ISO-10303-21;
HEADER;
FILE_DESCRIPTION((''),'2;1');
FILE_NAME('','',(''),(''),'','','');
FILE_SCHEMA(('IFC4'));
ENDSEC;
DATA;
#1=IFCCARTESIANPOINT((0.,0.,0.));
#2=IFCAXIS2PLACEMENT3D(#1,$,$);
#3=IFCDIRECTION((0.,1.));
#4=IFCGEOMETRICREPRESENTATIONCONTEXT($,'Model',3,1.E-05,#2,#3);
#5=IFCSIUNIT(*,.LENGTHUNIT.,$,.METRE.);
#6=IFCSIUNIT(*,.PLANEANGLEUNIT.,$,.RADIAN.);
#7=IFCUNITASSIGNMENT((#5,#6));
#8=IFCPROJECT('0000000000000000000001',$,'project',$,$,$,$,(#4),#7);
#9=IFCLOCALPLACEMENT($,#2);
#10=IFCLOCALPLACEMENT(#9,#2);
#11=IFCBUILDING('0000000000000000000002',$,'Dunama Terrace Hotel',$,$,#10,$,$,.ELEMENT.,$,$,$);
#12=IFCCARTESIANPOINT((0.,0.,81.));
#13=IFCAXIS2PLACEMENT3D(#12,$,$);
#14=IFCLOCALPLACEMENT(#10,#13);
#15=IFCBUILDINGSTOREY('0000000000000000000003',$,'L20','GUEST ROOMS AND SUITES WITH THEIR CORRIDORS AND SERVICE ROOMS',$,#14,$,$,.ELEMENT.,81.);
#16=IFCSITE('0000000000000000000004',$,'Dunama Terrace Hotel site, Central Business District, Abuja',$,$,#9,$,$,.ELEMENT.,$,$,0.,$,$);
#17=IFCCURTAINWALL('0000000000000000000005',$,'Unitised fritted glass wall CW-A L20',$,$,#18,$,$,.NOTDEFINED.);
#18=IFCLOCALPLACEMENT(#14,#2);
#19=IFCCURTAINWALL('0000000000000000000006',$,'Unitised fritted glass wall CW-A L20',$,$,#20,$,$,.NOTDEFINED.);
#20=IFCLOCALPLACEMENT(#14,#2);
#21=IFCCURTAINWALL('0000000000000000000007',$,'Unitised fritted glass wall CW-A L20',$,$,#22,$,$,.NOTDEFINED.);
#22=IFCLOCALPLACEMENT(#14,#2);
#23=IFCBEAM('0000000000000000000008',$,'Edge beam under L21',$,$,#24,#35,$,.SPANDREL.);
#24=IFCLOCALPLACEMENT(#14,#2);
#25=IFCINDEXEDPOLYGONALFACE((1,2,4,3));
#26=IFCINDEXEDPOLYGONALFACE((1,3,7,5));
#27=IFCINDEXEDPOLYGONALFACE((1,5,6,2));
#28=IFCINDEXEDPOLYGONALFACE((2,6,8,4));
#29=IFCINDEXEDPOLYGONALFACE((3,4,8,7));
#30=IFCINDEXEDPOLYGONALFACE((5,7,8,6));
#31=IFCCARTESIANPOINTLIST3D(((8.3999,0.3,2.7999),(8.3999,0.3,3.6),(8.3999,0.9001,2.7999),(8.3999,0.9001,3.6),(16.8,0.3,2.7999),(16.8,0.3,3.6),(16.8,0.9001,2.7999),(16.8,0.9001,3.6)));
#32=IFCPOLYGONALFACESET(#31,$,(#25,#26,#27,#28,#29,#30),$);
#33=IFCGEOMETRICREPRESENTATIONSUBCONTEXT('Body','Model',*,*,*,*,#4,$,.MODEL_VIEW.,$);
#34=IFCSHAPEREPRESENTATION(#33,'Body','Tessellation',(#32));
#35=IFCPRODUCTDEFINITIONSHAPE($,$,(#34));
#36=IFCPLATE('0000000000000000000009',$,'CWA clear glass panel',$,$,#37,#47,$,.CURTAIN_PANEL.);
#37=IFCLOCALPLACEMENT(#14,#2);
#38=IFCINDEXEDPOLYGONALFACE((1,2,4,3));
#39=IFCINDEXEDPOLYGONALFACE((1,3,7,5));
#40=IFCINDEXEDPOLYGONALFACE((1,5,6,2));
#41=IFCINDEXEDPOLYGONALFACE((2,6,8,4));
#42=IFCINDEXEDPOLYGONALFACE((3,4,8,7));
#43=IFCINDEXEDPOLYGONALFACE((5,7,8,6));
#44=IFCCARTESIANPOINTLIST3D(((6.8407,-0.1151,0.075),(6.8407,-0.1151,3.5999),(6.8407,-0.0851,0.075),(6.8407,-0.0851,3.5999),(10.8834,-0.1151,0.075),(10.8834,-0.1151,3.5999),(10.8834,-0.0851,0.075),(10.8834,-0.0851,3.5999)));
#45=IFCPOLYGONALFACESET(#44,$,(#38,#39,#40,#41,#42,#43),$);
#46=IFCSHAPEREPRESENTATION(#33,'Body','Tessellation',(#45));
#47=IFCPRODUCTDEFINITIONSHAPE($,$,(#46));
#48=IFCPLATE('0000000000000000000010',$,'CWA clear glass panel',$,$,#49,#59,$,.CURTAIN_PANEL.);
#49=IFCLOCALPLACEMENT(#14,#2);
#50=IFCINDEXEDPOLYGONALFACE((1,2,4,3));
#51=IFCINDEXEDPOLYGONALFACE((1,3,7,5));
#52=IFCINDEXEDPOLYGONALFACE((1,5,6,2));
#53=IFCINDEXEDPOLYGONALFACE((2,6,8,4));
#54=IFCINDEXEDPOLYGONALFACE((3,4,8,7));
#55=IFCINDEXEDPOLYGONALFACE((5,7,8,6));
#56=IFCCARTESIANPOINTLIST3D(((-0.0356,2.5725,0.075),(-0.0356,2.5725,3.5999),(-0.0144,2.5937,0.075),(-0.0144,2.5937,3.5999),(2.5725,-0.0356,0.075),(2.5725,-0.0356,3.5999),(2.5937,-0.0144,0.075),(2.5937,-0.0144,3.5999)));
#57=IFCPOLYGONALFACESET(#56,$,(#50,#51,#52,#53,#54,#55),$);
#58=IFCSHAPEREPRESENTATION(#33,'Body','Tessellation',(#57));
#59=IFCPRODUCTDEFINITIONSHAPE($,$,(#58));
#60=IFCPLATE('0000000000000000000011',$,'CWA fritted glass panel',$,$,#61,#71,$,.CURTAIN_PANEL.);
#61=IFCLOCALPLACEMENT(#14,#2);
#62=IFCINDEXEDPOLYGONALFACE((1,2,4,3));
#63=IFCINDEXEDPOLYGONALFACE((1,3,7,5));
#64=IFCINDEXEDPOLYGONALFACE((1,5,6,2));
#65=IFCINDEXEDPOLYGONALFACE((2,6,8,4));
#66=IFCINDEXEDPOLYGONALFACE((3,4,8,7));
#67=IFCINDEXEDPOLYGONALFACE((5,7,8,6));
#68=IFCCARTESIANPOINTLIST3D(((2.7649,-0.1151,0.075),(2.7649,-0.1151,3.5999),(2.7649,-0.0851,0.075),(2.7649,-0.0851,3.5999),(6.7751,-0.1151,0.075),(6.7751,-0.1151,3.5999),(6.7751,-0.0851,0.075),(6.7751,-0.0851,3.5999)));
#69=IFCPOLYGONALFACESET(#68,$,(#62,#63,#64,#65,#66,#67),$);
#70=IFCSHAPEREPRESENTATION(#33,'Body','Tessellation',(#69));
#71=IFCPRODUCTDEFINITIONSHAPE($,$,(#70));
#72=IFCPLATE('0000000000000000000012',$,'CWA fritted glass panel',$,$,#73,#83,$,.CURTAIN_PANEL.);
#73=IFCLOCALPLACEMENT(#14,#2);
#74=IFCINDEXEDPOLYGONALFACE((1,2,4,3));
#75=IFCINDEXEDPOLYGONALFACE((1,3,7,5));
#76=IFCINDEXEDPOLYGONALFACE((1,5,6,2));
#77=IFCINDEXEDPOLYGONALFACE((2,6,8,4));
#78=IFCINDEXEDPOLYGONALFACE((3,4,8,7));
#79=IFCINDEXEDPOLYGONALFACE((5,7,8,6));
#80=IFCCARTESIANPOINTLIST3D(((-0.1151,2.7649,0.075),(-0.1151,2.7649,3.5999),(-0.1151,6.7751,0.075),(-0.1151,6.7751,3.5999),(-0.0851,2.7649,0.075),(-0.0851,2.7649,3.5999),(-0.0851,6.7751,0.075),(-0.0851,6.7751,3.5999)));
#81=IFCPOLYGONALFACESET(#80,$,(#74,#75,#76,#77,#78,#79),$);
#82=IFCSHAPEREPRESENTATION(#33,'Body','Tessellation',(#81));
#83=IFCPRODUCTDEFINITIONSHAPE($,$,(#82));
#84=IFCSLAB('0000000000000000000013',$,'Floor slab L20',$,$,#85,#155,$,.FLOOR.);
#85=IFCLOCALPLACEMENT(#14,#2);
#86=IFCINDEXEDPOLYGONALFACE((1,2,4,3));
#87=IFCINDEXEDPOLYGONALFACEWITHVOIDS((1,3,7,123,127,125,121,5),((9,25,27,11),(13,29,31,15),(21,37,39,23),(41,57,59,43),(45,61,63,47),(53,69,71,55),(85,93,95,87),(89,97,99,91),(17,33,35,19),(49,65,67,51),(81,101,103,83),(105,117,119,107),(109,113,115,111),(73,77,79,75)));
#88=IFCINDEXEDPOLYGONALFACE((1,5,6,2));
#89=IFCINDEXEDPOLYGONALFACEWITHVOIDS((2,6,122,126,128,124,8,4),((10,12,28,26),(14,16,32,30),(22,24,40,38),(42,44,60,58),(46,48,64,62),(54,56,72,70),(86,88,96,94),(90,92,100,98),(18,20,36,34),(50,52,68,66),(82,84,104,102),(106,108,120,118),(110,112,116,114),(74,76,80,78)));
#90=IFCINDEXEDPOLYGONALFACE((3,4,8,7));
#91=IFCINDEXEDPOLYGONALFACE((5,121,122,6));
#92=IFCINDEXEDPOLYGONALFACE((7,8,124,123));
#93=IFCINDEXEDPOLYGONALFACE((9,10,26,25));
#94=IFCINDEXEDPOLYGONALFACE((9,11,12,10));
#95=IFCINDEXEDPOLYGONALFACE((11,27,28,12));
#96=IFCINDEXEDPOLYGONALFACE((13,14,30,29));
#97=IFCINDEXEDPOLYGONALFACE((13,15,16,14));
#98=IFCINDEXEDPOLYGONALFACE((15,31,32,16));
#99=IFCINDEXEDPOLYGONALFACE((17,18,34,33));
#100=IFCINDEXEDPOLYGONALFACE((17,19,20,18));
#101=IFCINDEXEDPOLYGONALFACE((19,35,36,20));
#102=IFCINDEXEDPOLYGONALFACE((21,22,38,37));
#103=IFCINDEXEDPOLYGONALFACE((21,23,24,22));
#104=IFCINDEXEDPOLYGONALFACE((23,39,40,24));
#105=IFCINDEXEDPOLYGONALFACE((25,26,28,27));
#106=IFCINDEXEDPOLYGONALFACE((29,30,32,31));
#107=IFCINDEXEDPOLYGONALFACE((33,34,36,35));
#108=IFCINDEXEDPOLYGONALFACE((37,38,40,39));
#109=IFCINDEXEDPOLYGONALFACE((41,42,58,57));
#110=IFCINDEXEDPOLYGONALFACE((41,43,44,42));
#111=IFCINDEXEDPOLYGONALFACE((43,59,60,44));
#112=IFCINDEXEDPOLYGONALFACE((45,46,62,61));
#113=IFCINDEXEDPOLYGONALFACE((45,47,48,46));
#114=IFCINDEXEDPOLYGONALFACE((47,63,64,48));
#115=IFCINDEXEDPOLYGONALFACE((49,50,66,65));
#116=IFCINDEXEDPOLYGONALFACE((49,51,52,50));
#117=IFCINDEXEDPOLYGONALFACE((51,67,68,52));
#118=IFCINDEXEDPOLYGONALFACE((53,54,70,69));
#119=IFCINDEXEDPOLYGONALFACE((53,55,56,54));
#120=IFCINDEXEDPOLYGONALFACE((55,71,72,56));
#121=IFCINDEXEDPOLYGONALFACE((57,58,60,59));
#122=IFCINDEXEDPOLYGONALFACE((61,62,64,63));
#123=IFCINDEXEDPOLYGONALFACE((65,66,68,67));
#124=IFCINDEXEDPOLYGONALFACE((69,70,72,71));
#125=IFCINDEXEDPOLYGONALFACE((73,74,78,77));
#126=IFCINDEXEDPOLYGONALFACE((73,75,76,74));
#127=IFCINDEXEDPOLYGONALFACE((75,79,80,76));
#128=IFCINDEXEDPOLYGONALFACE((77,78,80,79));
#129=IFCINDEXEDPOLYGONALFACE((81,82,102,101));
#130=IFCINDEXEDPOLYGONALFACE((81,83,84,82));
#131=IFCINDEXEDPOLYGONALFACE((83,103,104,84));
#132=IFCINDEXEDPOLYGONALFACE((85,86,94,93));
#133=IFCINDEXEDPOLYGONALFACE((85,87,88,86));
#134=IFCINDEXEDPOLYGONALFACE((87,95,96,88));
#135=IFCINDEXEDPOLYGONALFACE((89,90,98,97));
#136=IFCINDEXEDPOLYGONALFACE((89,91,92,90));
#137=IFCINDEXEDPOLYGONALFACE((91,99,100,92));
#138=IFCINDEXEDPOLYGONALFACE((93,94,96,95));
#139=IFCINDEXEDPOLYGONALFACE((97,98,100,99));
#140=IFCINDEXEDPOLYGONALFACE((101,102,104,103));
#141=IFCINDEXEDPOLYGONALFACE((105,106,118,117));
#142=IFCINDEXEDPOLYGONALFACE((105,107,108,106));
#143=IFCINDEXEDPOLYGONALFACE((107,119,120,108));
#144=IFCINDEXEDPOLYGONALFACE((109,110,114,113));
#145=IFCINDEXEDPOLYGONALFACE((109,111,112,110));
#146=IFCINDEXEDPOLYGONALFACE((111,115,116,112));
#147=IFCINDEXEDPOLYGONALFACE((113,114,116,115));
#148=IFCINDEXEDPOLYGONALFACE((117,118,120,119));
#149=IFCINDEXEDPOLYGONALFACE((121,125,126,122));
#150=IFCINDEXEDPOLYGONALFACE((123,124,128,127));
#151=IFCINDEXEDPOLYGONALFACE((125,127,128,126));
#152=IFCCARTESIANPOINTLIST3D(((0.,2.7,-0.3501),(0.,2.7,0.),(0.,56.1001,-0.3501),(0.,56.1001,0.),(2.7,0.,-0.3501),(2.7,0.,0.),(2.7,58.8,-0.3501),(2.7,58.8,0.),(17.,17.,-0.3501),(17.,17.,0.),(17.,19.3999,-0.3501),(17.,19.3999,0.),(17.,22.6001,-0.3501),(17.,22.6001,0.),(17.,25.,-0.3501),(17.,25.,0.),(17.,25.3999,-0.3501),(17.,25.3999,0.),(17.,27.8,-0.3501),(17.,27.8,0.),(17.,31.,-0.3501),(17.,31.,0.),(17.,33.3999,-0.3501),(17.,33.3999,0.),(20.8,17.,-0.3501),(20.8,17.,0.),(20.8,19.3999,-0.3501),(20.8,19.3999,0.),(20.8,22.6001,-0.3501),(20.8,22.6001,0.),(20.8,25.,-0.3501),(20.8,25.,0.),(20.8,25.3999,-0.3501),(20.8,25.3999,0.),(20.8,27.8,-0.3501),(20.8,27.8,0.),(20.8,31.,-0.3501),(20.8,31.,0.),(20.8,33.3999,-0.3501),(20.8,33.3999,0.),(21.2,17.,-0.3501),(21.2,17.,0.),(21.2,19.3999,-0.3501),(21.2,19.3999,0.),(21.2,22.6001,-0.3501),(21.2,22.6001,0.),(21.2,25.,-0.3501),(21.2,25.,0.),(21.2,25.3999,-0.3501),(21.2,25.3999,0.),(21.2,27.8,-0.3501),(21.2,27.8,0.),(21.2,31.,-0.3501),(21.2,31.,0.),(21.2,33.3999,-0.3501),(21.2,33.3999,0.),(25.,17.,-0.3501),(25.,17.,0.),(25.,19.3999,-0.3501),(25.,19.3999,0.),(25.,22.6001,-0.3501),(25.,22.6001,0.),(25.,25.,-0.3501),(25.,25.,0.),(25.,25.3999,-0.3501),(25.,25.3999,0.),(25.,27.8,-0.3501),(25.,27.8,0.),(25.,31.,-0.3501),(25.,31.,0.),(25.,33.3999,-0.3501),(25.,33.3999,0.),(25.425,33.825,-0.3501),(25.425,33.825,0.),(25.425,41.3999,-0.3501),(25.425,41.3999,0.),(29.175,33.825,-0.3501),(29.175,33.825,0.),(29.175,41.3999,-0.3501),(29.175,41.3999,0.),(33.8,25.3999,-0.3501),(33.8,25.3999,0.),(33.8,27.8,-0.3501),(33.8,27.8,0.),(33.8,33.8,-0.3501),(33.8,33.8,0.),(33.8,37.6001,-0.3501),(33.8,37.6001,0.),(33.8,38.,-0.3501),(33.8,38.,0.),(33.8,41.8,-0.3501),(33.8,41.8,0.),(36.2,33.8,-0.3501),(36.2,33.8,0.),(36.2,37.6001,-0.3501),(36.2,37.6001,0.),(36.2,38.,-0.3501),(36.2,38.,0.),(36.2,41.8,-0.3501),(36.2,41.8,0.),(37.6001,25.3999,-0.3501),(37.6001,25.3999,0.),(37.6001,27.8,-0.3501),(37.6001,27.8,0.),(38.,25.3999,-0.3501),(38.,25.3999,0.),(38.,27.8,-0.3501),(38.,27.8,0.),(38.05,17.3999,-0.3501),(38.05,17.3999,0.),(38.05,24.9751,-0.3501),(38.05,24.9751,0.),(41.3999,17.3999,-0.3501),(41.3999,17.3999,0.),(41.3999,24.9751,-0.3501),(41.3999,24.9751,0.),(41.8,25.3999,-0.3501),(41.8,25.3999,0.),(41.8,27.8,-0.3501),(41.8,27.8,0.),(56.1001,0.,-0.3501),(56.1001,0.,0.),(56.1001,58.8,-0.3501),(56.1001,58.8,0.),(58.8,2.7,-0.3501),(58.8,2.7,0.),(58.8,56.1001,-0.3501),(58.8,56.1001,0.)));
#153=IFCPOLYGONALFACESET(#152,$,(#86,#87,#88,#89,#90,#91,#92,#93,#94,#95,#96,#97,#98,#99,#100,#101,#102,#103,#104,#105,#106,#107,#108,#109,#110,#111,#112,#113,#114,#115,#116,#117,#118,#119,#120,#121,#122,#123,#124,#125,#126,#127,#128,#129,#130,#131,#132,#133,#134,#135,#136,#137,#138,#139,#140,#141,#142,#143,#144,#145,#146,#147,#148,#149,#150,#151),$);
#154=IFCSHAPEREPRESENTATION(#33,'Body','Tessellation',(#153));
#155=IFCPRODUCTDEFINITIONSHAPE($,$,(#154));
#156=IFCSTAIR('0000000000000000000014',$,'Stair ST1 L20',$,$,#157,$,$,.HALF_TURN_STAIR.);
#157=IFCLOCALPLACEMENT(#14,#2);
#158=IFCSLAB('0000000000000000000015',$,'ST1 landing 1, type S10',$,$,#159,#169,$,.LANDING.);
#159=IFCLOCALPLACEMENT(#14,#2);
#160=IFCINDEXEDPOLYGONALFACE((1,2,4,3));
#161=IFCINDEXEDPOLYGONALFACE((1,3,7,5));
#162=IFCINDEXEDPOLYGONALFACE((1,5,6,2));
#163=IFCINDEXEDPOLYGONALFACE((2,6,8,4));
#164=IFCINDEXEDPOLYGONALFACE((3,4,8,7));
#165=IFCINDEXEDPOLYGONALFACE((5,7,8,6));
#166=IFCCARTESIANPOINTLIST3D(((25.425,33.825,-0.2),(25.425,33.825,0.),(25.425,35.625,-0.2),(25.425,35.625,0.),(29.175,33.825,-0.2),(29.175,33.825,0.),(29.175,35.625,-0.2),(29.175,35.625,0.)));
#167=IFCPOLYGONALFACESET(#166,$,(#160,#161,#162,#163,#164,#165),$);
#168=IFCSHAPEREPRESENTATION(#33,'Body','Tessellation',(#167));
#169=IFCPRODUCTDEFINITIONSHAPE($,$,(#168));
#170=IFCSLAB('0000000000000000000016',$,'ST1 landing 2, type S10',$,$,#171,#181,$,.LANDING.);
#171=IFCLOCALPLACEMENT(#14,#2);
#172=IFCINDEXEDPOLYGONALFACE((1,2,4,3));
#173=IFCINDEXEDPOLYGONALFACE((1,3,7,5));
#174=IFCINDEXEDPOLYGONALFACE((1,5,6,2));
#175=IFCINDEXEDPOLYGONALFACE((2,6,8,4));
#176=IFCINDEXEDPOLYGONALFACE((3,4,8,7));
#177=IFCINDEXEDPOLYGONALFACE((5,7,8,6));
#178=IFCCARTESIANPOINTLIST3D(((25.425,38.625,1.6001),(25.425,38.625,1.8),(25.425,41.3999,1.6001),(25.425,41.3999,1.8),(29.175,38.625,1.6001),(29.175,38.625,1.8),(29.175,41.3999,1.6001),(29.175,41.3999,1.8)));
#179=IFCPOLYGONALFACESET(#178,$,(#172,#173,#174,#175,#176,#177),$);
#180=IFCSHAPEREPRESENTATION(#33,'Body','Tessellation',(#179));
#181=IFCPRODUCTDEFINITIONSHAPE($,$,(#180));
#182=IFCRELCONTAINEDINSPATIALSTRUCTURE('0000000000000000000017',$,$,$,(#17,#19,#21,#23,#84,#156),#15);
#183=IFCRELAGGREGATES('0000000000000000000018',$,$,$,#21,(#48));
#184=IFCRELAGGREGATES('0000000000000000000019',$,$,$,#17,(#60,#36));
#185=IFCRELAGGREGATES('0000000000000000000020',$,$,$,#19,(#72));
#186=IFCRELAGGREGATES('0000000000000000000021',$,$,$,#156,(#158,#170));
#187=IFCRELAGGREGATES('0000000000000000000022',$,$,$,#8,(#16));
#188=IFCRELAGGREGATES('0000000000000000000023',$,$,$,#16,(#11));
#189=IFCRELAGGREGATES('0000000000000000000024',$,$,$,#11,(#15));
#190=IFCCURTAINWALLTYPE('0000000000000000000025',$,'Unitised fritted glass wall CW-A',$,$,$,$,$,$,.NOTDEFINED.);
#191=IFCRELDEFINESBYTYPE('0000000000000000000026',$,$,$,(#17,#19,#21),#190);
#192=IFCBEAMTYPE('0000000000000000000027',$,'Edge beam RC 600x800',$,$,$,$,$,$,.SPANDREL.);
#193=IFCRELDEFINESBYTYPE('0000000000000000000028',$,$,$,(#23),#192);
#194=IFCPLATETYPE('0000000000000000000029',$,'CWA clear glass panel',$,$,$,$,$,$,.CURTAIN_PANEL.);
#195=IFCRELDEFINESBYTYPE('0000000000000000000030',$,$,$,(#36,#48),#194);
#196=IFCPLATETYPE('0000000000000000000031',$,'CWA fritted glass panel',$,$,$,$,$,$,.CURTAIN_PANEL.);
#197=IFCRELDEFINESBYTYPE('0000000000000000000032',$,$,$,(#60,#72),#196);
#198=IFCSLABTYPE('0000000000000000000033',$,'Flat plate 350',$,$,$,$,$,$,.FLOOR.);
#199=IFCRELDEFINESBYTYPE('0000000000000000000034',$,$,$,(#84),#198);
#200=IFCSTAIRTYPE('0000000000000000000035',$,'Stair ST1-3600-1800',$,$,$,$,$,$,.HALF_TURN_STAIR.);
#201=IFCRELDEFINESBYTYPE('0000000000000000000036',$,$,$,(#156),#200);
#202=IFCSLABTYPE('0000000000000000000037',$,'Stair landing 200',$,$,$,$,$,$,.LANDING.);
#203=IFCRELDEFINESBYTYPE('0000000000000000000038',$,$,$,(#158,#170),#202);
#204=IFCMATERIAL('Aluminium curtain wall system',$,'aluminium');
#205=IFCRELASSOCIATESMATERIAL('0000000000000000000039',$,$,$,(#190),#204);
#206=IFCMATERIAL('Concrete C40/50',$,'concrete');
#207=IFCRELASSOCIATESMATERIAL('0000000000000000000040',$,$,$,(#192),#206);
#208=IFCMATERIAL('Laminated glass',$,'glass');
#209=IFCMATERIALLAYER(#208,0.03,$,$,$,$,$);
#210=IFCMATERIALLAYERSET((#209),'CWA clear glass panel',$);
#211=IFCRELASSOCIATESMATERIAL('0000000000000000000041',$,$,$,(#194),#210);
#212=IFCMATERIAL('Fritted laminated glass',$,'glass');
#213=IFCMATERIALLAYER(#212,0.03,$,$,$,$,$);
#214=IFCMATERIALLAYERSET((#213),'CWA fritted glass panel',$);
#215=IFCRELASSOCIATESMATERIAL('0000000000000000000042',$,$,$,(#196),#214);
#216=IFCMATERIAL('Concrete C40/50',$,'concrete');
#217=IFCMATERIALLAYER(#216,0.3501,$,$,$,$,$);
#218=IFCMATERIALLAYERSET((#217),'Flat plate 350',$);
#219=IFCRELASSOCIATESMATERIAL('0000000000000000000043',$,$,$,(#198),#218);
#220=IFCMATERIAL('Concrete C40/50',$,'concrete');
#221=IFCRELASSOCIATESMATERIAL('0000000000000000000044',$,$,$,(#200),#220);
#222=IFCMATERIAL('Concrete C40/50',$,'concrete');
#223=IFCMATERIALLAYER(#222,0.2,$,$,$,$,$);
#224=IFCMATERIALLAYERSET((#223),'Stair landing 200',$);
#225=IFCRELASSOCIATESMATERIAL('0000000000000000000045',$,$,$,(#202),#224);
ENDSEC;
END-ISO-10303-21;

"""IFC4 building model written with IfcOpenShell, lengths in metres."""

from ifc_helpers import new_model, si_unit, direction, frame, origin, origin_2d, place, context, subcontext, project, spatial, polyline, rectangle, outline, extrude, material, layer, layer_set, material_profile, profile_set, type_object, element, aggregate, save


model = new_model("IFC4")

# Units and contexts
model_context = context("Model", 3, precision=1e-05, world=origin(), true_north=direction((0.0, 1.0)))
body_context = subcontext(model_context, "Body", "Model", "MODEL_VIEW")
ifc_project = project(units=[si_unit("LENGTHUNIT", "METRE"), si_unit("PLANEANGLEUNIT", "RADIAN")], contexts=[model_context])

# Site, building, storey
site_placement = place(None, origin())
site = spatial("IfcSite", under=ifc_project, at=site_placement, Name="Dunama Terrace Hotel site, Central Business District, Abuja", CompositionType="ELEMENT", RefElevation=0.0)
building_placement = place(site_placement, origin())
building = spatial("IfcBuilding", under=site, at=building_placement, Name="Dunama Terrace Hotel", CompositionType="ELEMENT")
storey_placement = place(building_placement, frame((0.0, 0.0, 81.0)))
storey = spatial("IfcBuildingStorey", under=building, at=storey_placement, Name="L20", Description="GUEST ROOMS AND SUITES WITH THEIR CORRIDORS AND SERVICE ROOMS", CompositionType="ELEMENT", Elevation=81.0)

# Curtain walls
ifc_material_1 = material(Name="Aluminium curtain wall system", Category="aluminium")
curtain_wall_type = type_object("IfcCurtainWallType", Name="Unitised fritted glass wall CW-A", PredefinedType="NOTDEFINED", material=ifc_material_1)
curtain_wall_1_placement = place(storey_placement, origin())
curtain_wall_1 = element("IfcCurtainWall", 1, at=curtain_wall_1_placement, inside=storey, type_object=curtain_wall_type, Name="Unitised fritted glass wall CW-A L20", PredefinedType="NOTDEFINED")
curtain_wall_2_placement = place(storey_placement, origin())
curtain_wall_2 = element("IfcCurtainWall", 2, at=curtain_wall_2_placement, inside=storey, type_object=curtain_wall_type, Name="Unitised fritted glass wall CW-A L20", PredefinedType="NOTDEFINED")
curtain_wall_3_placement = place(storey_placement, origin())
curtain_wall_3 = element("IfcCurtainWall", 3, at=curtain_wall_3_placement, inside=storey, type_object=curtain_wall_type, Name="Unitised fritted glass wall CW-A L20", PredefinedType="NOTDEFINED")

# Beam
ifc_material_2 = material(Name="Concrete C40/50", Category="concrete")
ifc_material_profile_1 = material_profile(ifc_material_2, rectangle(XDim=0.6001, YDim=0.8, at=origin_2d()), Name="RC 600x800")
ifc_profile_set_1 = profile_set([ifc_material_profile_1], Name="Concrete C40/50")
beam_type_1 = type_object("IfcBeamType", Name="Edge beam RC 600x800", PredefinedType="SPANDREL", material=ifc_profile_set_1)
beam_1_placement = place(storey_placement, frame((8.3999, 0.6001, 3.2), z_axis=(1.0, 0.0, 0.0), x_axis=(0.0, 1.0, 0.0)))
element("IfcBeam", 4, at=beam_1_placement, inside=storey, type_object=beam_type_1, Name="Edge beam under L21", PredefinedType="SPANDREL", context=body_context, shape_type="SweptSolid", body=[
    extrude(rectangle(XDim=0.6001, YDim=0.8, at=origin_2d()), origin(), (0.0, 0.0, 1.0), 8.4001),
])

# Plates
ifc_material_3 = material(Name="Laminated glass", Category="glass")
ifc_layer_1 = layer(ifc_material_3, 0.03)
ifc_layer_set_1 = layer_set([ifc_layer_1], Name="CWA clear glass panel")
plate_type_1 = type_object("IfcPlateType", Name="CWA clear glass panel", PredefinedType="CURTAIN_PANEL", material=ifc_layer_set_1)
plate_1_placement = place(storey_placement, frame((8.8621, -0.1001, 0.075), z_axis=(0.0, 0.0, 1.0), x_axis=(1.0, 0.0, 0.0)))
plate_1 = element("IfcPlate", 5, at=plate_1_placement, type_object=plate_type_1, Name="CWA clear glass panel", PredefinedType="CURTAIN_PANEL", context=body_context, shape_type="SweptSolid", body=[
    extrude(rectangle(XDim=4.0427, YDim=0.03, at=origin_2d()), origin(), (0.0, 0.0, 1.0), 3.5249),
])
plate_2_placement = place(storey_placement, frame((1.2791, 1.2791, 0.075), z_axis=(0.0, 0.0, 1.0), x_axis=(0.707107, -0.707107, 0.0)))
plate_2 = element("IfcPlate", 6, at=plate_2_placement, type_object=plate_type_1, Name="CWA clear glass panel", PredefinedType="CURTAIN_PANEL", context=body_context, shape_type="SweptSolid", body=[
    extrude(rectangle(XDim=3.6885, YDim=0.03, at=origin_2d()), origin(), (0.0, 0.0, 1.0), 3.5249),
])
aggregate(curtain_wall_3, [plate_2])
ifc_material_4 = material(Name="Fritted laminated glass", Category="glass")
ifc_layer_2 = layer(ifc_material_4, 0.03)
ifc_layer_set_2 = layer_set([ifc_layer_2], Name="CWA fritted glass panel")
plate_type_2 = type_object("IfcPlateType", Name="CWA fritted glass panel", PredefinedType="CURTAIN_PANEL", material=ifc_layer_set_2)
plate_3_placement = place(storey_placement, frame((4.77, -0.1001, 0.075), z_axis=(0.0, 0.0, 1.0), x_axis=(1.0, 0.0, 0.0)))
plate_3 = element("IfcPlate", 7, at=plate_3_placement, type_object=plate_type_2, Name="CWA fritted glass panel", PredefinedType="CURTAIN_PANEL", context=body_context, shape_type="SweptSolid", body=[
    extrude(rectangle(XDim=4.0103, YDim=0.03, at=origin_2d()), origin(), (0.0, 0.0, 1.0), 3.5249),
])
aggregate(curtain_wall_1, [plate_3, plate_1])
plate_4_placement = place(storey_placement, frame((-0.1001, 4.77, 0.075), z_axis=(0.0, 0.0, 1.0), x_axis=(0.0, -1.0, 0.0)))
plate_4 = element("IfcPlate", 8, at=plate_4_placement, type_object=plate_type_2, Name="CWA fritted glass panel", PredefinedType="CURTAIN_PANEL", context=body_context, shape_type="SweptSolid", body=[
    extrude(rectangle(XDim=4.0103, YDim=0.03, at=origin_2d()), origin(), (0.0, 0.0, 1.0), 3.5249),
])
aggregate(curtain_wall_2, [plate_4])

# Slab
ifc_material_5 = material(Name="Concrete C40/50", Category="concrete")
ifc_layer_3 = layer(ifc_material_5, 0.3501)
ifc_layer_set_3 = layer_set([ifc_layer_3], Name="Flat plate 350")
slab_type_1 = type_object("IfcSlabType", Name="Flat plate 350", PredefinedType="FLOOR", material=ifc_layer_set_3)
slab_1_placement = place(storey_placement, frame((0.0, 0.0, -0.3501)))
element("IfcSlab", 9, at=slab_1_placement, inside=storey, type_object=slab_type_1, Name="Floor slab L20", PredefinedType="FLOOR", context=body_context, shape_type="SweptSolid", body=[
    extrude(outline(polyline([(2.7, 0.0), (56.1001, 0.0), (58.8, 2.7), (58.8, 56.1001), (56.1001, 58.8), (2.7, 58.8), (0.0, 56.1001), (0.0, 2.7), (2.7, 0.0)]), holes=[polyline([(20.8, 25.3999), (20.8, 27.8), (17.0, 27.8), (17.0, 25.3999), (20.8, 25.3999)]), polyline([(25.0, 25.3999), (25.0, 27.8), (21.2, 27.8), (21.2, 25.3999), (25.0, 25.3999)]), polyline([(20.8, 31.0), (20.8, 33.3999), (17.0, 33.3999), (17.0, 31.0), (20.8, 31.0)]), polyline([(25.0, 31.0), (25.0, 33.3999), (21.2, 33.3999), (21.2, 31.0), (25.0, 31.0)]), polyline([(37.6001, 25.3999), (37.6001, 27.8), (33.8, 27.8), (33.8, 25.3999), (37.6001, 25.3999)]), polyline([(41.8, 25.3999), (41.8, 27.8), (38.0, 27.8), (38.0, 25.3999), (41.8, 25.3999)]), polyline([(20.8, 17.0), (20.8, 19.3999), (17.0, 19.3999), (17.0, 17.0), (20.8, 17.0)]), polyline([(25.0, 17.0), (25.0, 19.3999), (21.2, 19.3999), (21.2, 17.0), (25.0, 17.0)]), polyline([(20.8, 22.6001), (20.8, 25.0), (17.0, 25.0), (17.0, 22.6001), (20.8, 22.6001)]), polyline([(25.0, 22.6001), (25.0, 25.0), (21.2, 25.0), (21.2, 22.6001), (25.0, 22.6001)]), polyline([(36.2, 38.0), (36.2, 41.8), (33.8, 41.8), (33.8, 38.0), (36.2, 38.0)]), polyline([(36.2, 33.8), (36.2, 37.6001), (33.8, 37.6001), (33.8, 33.8), (36.2, 33.8)]), polyline([(29.175, 33.825), (29.175, 41.3999), (25.425, 41.3999), (25.425, 33.825), (29.175, 33.825)]), polyline([(41.3999, 17.3999), (41.3999, 24.9751), (38.05, 24.9751), (38.05, 17.3999), (41.3999, 17.3999)])]), origin(), (0.0, 0.0, 1.0), 0.3501),
])

# Stair, slabs
ifc_material_6 = material(Name="Concrete C40/50", Category="concrete")
stair_type_1 = type_object("IfcStairType", Name="Stair ST1-3600-1800", PredefinedType="HALF_TURN_STAIR", material=ifc_material_6)
stair_1_placement = place(storey_placement, origin())
stair_1 = element("IfcStair", 10, at=stair_1_placement, inside=storey, type_object=stair_type_1, Name="Stair ST1 L20", PredefinedType="HALF_TURN_STAIR")
ifc_material_7 = material(Name="Concrete C40/50", Category="concrete")
ifc_layer_4 = layer(ifc_material_7, 0.2)
ifc_layer_set_4 = layer_set([ifc_layer_4], Name="Stair landing 200")
slab_type_2 = type_object("IfcSlabType", Name="Stair landing 200", PredefinedType="LANDING", material=ifc_layer_set_4)
slab_2_placement = place(storey_placement, frame((0.0, 0.0, -0.2)))
slab_2 = element("IfcSlab", 11, at=slab_2_placement, type_object=slab_type_2, Name="ST1 landing 1, type S10", PredefinedType="LANDING", context=body_context, shape_type="SweptSolid", body=[
    extrude(outline(polyline([(25.425, 33.825), (29.175, 33.825), (29.175, 35.625), (25.425, 35.625), (25.425, 33.825)])), origin(), (0.0, 0.0, 1.0), 0.2),
])
slab_3_placement = place(storey_placement, frame((0.0, 0.0, 1.6001)))
slab_3 = element("IfcSlab", 12, at=slab_3_placement, type_object=slab_type_2, Name="ST1 landing 2, type S10", PredefinedType="LANDING", context=body_context, shape_type="SweptSolid", body=[
    extrude(outline(polyline([(25.425, 38.625), (29.175, 38.625), (29.175, 41.3999), (25.425, 41.3999), (25.425, 38.625)])), origin(), (0.0, 0.0, 1.0), 0.2),
])
aggregate(stair_1, [slab_2, slab_3])

save(model, "model.ifc")
